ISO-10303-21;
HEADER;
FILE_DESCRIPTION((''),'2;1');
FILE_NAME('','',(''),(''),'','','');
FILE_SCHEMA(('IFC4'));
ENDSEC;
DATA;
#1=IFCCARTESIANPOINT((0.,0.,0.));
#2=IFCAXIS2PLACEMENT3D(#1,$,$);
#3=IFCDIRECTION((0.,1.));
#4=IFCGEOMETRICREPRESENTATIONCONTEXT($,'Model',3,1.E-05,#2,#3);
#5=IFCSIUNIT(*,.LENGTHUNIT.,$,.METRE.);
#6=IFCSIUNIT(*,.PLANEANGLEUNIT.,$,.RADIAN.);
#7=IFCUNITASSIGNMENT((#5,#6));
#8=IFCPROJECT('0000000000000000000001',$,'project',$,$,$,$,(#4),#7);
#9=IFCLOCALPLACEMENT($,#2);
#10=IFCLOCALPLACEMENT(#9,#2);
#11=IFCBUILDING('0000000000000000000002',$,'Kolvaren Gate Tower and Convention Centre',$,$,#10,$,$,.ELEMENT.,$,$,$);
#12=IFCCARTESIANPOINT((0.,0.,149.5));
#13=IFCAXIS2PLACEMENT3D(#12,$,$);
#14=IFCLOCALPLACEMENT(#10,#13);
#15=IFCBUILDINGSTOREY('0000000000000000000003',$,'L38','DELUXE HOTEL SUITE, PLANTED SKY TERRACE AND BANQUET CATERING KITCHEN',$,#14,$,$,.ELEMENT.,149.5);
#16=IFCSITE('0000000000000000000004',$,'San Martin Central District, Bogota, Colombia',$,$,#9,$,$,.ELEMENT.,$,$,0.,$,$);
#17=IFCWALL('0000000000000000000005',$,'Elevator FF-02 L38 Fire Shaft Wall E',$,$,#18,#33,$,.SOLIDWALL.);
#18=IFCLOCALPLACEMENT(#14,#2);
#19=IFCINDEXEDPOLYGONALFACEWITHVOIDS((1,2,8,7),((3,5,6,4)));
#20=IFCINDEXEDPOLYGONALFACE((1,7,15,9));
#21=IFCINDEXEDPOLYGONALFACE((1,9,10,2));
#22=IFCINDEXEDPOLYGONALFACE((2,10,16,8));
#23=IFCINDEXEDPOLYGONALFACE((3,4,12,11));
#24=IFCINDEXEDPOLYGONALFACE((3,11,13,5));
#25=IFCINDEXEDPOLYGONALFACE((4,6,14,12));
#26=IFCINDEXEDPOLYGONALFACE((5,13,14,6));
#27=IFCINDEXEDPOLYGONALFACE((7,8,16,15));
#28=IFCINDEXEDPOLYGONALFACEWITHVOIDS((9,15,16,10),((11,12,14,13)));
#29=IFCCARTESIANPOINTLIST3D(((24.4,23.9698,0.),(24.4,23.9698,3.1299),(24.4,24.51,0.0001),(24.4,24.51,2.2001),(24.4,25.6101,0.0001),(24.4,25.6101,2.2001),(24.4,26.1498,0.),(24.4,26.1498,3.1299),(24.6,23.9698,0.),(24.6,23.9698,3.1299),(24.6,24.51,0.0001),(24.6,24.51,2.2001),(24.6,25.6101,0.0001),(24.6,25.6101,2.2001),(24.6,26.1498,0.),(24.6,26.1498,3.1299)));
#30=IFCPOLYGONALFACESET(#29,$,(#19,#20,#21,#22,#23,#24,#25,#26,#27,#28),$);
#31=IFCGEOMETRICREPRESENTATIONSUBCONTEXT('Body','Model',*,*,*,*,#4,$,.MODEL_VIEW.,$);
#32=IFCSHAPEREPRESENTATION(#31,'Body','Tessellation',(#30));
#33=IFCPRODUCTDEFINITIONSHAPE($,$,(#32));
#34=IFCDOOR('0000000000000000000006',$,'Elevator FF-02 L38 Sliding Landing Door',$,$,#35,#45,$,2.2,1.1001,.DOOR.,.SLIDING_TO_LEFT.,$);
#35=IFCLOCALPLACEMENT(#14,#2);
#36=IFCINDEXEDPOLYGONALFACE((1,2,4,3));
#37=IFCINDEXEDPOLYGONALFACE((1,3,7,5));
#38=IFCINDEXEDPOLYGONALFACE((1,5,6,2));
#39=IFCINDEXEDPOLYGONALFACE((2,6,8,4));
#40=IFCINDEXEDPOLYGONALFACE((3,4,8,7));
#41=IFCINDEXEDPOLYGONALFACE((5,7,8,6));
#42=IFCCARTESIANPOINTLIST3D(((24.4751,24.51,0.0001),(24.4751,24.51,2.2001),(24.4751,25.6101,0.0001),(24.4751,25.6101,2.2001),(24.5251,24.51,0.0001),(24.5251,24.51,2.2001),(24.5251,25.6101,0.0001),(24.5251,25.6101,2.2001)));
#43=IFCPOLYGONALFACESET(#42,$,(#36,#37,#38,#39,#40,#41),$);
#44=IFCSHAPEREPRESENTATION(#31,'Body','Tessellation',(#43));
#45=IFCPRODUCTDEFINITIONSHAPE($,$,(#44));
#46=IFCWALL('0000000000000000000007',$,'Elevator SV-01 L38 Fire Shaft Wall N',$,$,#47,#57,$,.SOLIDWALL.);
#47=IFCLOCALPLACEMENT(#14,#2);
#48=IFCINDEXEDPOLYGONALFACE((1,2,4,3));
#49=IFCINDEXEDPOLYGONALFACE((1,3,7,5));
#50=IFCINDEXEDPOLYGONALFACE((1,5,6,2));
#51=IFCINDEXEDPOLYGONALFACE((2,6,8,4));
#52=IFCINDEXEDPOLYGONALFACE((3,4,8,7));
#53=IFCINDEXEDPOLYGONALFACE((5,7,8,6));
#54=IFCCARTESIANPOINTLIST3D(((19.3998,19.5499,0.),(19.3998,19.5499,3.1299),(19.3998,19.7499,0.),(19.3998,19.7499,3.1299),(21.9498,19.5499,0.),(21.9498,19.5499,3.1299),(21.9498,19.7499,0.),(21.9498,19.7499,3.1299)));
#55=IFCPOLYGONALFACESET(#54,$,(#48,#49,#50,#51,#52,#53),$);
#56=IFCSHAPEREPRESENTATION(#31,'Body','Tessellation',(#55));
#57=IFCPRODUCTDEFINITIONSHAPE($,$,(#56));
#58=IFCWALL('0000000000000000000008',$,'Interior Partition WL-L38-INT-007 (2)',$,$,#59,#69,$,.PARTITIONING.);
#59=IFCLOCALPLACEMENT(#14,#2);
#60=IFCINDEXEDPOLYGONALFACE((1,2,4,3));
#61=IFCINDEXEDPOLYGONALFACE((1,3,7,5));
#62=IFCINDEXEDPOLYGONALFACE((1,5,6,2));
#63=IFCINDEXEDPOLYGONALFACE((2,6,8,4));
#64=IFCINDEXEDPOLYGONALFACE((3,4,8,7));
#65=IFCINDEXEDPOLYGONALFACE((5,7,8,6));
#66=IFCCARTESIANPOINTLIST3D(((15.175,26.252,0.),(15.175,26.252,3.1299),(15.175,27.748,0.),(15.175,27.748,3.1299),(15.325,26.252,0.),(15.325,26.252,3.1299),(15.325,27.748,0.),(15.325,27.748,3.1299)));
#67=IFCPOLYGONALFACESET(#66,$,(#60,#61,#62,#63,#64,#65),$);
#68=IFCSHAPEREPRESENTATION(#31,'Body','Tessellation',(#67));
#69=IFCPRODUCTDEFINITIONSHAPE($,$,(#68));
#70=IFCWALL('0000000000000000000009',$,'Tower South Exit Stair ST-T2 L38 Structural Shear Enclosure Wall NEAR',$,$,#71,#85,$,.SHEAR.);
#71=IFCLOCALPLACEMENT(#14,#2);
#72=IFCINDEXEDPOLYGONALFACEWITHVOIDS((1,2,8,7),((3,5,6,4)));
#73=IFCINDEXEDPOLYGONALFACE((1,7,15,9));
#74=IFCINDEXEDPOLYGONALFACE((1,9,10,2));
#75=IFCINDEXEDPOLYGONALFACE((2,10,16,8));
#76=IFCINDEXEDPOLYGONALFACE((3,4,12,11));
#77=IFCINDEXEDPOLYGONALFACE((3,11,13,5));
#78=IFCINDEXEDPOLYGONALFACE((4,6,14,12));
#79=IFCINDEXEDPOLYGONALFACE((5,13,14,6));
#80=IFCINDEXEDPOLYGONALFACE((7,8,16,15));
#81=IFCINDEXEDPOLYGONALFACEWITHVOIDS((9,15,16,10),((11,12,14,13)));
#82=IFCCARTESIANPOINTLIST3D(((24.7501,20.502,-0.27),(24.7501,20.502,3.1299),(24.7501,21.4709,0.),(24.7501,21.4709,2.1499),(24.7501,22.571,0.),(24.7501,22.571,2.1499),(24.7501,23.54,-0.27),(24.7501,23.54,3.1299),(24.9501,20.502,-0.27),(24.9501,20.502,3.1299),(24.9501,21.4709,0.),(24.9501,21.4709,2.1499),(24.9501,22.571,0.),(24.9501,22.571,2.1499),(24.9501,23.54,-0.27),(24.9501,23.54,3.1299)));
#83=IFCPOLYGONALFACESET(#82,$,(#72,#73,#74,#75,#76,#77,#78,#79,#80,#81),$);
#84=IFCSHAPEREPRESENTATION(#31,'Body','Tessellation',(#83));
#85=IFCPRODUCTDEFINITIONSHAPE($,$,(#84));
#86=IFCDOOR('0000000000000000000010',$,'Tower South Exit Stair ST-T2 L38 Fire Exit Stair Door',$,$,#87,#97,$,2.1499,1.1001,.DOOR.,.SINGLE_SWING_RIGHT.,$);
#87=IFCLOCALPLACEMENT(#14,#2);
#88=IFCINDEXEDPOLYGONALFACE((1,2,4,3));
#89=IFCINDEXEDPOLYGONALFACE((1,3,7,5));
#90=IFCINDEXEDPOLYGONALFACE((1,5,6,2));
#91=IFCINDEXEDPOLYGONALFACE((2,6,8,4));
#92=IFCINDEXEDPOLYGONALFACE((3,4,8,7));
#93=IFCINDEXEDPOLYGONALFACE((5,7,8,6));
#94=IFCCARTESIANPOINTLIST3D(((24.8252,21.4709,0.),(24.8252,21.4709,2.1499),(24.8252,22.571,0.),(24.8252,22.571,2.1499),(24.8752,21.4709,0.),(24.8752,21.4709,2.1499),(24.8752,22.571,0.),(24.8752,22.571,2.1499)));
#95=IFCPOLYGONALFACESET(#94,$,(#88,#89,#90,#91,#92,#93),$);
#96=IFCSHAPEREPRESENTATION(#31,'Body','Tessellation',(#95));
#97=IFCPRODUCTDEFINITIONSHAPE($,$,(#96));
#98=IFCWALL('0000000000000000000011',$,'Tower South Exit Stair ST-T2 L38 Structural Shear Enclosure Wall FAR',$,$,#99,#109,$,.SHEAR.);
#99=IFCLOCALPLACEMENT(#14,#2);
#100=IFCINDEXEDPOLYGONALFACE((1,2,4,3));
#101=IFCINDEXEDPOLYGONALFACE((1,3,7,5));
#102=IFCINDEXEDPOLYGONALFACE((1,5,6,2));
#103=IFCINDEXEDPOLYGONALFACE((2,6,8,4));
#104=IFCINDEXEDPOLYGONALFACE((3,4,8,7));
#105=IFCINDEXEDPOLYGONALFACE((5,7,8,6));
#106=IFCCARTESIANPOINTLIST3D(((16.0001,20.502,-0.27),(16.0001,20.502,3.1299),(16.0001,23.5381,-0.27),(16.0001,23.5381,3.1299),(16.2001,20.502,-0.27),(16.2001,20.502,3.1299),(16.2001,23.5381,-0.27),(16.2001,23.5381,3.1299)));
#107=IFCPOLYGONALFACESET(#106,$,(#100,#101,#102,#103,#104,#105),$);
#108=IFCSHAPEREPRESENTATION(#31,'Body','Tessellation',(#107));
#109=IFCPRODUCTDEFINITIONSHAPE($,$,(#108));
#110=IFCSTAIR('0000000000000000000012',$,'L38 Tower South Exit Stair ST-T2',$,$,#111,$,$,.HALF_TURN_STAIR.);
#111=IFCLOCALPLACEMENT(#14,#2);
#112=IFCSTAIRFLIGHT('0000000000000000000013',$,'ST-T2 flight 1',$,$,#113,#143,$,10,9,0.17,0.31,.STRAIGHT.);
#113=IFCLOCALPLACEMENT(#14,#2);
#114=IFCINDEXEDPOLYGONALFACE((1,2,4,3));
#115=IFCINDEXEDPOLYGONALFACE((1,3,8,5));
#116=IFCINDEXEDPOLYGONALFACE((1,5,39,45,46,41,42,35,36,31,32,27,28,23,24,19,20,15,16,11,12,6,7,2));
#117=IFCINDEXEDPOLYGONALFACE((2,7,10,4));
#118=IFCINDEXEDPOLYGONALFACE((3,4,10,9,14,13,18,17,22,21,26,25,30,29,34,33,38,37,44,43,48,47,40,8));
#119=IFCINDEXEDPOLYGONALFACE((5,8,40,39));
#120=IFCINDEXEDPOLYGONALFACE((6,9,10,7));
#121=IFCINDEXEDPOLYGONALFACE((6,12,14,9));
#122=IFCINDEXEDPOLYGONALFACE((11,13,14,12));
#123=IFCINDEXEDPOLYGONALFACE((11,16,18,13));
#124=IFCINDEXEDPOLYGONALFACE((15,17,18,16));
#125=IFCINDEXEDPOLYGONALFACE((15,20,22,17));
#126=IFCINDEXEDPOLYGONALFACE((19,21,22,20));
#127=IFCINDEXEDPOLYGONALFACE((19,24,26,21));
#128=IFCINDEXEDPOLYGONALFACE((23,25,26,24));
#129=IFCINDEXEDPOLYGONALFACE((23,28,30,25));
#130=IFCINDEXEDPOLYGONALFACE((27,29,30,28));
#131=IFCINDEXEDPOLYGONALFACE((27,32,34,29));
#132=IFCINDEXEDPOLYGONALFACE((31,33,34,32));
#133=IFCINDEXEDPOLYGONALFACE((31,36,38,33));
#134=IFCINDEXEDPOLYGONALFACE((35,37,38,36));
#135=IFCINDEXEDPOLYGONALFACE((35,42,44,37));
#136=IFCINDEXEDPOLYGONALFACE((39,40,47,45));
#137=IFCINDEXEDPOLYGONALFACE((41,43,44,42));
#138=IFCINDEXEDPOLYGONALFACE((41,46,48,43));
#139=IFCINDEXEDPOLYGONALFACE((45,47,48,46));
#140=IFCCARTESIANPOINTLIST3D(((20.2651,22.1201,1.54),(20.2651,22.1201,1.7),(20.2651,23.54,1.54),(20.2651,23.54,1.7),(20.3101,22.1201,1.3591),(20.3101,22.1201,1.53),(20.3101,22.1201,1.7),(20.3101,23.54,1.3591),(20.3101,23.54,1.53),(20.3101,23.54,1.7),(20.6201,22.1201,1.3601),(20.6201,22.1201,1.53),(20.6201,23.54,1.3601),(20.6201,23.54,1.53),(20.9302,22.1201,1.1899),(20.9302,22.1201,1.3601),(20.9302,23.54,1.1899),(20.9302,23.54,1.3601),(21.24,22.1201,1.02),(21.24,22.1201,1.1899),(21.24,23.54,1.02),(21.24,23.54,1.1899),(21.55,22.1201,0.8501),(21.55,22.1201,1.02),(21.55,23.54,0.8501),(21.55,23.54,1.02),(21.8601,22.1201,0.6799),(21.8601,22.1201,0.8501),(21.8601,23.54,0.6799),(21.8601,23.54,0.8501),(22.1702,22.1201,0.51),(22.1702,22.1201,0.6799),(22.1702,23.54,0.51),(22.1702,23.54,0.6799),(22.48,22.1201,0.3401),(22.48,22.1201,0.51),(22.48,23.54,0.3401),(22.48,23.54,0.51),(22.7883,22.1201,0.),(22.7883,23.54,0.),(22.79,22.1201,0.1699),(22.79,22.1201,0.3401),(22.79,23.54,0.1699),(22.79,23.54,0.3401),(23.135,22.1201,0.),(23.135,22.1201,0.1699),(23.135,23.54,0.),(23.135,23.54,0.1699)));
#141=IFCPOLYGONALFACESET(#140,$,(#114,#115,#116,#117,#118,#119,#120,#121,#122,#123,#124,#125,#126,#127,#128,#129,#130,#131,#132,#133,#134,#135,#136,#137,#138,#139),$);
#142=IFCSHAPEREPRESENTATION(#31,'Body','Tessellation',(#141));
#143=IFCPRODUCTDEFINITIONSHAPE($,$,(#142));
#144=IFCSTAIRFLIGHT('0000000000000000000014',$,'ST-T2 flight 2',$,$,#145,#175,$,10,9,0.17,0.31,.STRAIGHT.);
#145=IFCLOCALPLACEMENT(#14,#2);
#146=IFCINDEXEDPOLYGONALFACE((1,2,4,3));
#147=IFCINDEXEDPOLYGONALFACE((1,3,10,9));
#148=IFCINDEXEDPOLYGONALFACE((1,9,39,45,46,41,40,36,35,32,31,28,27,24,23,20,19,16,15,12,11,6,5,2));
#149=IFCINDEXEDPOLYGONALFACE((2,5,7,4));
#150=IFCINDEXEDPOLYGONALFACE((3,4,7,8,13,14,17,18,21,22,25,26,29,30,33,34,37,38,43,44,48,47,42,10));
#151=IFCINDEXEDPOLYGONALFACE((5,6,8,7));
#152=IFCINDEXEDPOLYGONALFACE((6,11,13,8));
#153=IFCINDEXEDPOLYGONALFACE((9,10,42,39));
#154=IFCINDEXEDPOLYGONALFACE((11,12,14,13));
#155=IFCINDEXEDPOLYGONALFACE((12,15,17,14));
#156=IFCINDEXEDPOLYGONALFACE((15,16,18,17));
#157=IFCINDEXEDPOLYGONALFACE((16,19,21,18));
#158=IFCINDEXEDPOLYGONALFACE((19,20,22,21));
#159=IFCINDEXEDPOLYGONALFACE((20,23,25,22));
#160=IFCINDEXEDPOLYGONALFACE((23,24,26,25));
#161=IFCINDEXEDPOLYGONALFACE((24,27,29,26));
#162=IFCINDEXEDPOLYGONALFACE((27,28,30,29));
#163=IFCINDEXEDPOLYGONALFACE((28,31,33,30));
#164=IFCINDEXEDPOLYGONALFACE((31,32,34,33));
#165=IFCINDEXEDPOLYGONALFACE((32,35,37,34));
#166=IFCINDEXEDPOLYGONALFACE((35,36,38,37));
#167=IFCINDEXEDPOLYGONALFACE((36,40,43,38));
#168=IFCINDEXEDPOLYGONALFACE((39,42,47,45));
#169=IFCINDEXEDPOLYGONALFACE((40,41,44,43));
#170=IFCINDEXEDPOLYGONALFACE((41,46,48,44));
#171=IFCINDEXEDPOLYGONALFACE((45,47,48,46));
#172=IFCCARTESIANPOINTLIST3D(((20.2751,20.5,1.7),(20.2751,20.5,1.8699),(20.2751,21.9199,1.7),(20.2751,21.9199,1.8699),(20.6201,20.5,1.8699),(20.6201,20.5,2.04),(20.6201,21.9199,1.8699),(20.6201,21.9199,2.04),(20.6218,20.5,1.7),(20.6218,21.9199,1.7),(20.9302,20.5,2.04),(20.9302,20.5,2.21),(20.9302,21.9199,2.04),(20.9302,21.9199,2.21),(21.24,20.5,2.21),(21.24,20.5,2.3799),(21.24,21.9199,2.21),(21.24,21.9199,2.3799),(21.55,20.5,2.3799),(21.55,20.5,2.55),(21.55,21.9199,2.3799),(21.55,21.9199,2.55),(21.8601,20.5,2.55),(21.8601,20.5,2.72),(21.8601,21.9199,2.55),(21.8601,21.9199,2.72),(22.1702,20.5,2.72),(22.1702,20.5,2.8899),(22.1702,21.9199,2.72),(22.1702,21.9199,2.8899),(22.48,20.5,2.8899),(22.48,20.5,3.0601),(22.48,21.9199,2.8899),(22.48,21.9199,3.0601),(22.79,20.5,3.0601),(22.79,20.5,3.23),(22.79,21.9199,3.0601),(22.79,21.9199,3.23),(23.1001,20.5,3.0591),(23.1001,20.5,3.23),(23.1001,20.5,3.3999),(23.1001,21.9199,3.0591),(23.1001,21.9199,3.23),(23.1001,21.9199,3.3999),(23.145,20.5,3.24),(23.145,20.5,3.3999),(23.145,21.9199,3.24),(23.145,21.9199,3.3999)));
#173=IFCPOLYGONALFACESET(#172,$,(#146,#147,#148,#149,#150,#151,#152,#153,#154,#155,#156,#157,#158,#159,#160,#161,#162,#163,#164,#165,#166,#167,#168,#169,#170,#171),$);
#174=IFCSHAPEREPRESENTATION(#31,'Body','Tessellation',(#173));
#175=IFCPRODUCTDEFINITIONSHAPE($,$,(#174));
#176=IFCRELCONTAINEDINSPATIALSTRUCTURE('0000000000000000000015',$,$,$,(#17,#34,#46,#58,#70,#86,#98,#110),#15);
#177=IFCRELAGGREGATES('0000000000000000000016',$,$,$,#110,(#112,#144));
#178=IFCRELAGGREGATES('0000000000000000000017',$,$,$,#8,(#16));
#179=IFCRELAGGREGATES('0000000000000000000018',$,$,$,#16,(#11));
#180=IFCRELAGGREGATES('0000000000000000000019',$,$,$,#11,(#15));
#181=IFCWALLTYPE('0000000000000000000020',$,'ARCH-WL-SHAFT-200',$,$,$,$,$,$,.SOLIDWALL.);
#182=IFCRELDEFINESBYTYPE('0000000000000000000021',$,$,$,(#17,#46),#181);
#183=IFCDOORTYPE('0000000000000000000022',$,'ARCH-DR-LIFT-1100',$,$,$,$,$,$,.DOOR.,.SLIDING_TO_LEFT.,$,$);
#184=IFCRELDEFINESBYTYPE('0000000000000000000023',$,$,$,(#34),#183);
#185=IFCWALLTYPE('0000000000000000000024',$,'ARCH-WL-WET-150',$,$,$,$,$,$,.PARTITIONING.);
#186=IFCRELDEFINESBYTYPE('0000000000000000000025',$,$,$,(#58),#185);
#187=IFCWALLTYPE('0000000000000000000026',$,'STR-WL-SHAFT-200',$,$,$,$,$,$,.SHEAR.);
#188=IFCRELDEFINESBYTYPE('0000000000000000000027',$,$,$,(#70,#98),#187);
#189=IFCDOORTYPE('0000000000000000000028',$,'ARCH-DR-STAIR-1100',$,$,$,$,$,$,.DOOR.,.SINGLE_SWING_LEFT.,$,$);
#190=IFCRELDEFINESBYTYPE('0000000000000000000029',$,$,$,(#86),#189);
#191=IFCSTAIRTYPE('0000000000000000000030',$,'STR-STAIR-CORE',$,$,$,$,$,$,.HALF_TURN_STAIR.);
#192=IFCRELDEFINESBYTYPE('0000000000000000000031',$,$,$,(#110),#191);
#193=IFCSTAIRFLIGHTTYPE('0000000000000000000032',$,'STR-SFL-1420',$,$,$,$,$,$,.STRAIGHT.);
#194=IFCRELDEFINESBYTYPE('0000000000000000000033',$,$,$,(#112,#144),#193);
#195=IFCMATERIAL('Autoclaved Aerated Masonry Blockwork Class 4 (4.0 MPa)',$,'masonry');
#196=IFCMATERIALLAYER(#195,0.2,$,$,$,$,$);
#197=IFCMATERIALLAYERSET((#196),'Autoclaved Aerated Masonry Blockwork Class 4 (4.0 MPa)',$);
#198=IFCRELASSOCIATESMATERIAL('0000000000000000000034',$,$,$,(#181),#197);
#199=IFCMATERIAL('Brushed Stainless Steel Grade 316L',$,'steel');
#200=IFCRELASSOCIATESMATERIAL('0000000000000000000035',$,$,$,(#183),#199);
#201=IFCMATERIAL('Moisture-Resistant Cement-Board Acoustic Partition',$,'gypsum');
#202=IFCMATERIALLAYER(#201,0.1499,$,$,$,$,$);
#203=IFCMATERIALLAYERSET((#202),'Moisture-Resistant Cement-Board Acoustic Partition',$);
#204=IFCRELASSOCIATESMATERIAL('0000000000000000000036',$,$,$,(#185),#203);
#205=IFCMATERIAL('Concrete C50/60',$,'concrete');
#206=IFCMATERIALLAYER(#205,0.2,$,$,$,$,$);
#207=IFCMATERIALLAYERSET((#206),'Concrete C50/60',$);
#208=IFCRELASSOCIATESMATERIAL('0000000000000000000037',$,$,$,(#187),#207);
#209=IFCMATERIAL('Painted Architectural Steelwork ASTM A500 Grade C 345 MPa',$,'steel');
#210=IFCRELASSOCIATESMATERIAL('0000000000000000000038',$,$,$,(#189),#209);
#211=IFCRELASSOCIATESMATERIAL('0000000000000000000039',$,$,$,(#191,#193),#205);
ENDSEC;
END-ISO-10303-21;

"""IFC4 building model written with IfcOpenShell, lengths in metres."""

from ifc_helpers import new_model, si_unit, direction, frame, frame_2d, origin, place, context, subcontext, project, spatial, polyline, rectangle, outline, extrude, material, layer, layer_set, type_object, element, fill, aggregate, save


model = new_model("IFC4")

# Units and contexts
model_context = context("Model", 3, precision=1e-05, world=origin(), true_north=direction((0.0, 1.0)))
body_context = subcontext(model_context, "Body", "Model", "MODEL_VIEW")
ifc_project = project(units=[si_unit("LENGTHUNIT", "METRE"), si_unit("PLANEANGLEUNIT", "RADIAN")], contexts=[model_context])

# Site, building, storey
site_placement = place(None, origin())
site = spatial("IfcSite", under=ifc_project, at=site_placement, Name="San Martin Central District, Bogota, Colombia", CompositionType="ELEMENT", RefElevation=0.0)
building_placement = place(site_placement, origin())
building = spatial("IfcBuilding", under=site, at=building_placement, Name="Kolvaren Gate Tower and Convention Centre", CompositionType="ELEMENT")
storey_placement = place(building_placement, frame((0.0, 0.0, 149.5)))
storey = spatial("IfcBuildingStorey", under=building, at=storey_placement, Name="L38", Description="DELUXE HOTEL SUITE, PLANTED SKY TERRACE AND BANQUET CATERING KITCHEN", CompositionType="ELEMENT", Elevation=149.5)

# Shared definitions
ifc_material_1 = material(Name="Autoclaved Aerated Masonry Blockwork Class 4 (4.0 MPa)", Category="masonry")
ifc_layer_1 = layer(ifc_material_1, 0.2)
ifc_layer_set_1 = layer_set([ifc_layer_1], Name="Autoclaved Aerated Masonry Blockwork Class 4 (4.0 MPa)")
wall_type_1 = type_object("IfcWallType", Name="ARCH-WL-SHAFT-200", PredefinedType="SOLIDWALL", material=ifc_layer_set_1)

# Wall, opening, door
wall_1_placement = place(storey_placement, frame((24.5, 23.97, 0.0), z_axis=(0.0, 0.0, 1.0), x_axis=(0.0, 1.0, 0.0)))
wall_1 = element("IfcWall", 1, at=wall_1_placement, inside=storey, type_object=wall_type_1, Name="Elevator FF-02 L38 Fire Shaft Wall E", PredefinedType="SOLIDWALL", context=body_context, shape_type="SweptSolid", body=[
    extrude(rectangle(XDim=2.1799, YDim=0.2, at=frame_2d((1.0898, 0.0))), origin(), (0.0, 0.0, 1.0), 3.1299),
])
opening_1_placement = place(wall_1_placement, frame((0.54, 0.0, 0.0)))
opening_1 = element("IfcOpeningElement", 2, at=opening_1_placement, cuts=wall_1, PredefinedType="OPENING", context=body_context, shape_type="SweptSolid", body=[
    extrude(rectangle(XDim=1.1001, YDim=2.2, at=frame_2d((0.55, 1.1001))), frame((0.0, 0.1099, 0.0), z_axis=(0.0, -1.0, 0.0), x_axis=(1.0, 0.0, 0.0)), (0.0, 0.0, 1.0), 0.22),
])
ifc_material_2 = material(Name="Brushed Stainless Steel Grade 316L", Category="steel")
door_type_1 = type_object("IfcDoorType", Name="ARCH-DR-LIFT-1100", OperationType="SLIDING_TO_LEFT", PredefinedType="DOOR", material=ifc_material_2)
door_1_placement = place(opening_1_placement, origin())
door_1 = element("IfcDoor", 3, at=door_1_placement, inside=storey, type_object=door_type_1, Name="Elevator FF-02 L38 Sliding Landing Door", OperationType="SLIDING_TO_LEFT", OverallHeight=2.2, OverallWidth=1.1001, PredefinedType="DOOR", context=body_context, shape_type="SweptSolid", body=[
    extrude(rectangle(XDim=1.1001, YDim=2.2, at=frame_2d((0.55, 1.1001))), frame((0.0, 0.0249, 0.0), z_axis=(0.0, -1.0, 0.0), x_axis=(1.0, 0.0, 0.0)), (0.0, 0.0, 1.0), 0.05),
])
fill(opening_1, door_1)

# Walls
wall_2_placement = place(storey_placement, frame((19.3999, 19.6499, 0.0), z_axis=(0.0, 0.0, 1.0), x_axis=(1.0, 0.0, 0.0)))
element("IfcWall", 4, at=wall_2_placement, inside=storey, type_object=wall_type_1, Name="Elevator SV-01 L38 Fire Shaft Wall N", PredefinedType="SOLIDWALL", context=body_context, shape_type="SweptSolid", body=[
    extrude(rectangle(XDim=2.55, YDim=0.2, at=frame_2d((1.2749, 0.0))), origin(), (0.0, 0.0, 1.0), 3.1299),
])
ifc_material_3 = material(Name="Moisture-Resistant Cement-Board Acoustic Partition", Category="gypsum")
ifc_layer_2 = layer(ifc_material_3, 0.1499)
ifc_layer_set_2 = layer_set([ifc_layer_2], Name="Moisture-Resistant Cement-Board Acoustic Partition")
wall_type_2 = type_object("IfcWallType", Name="ARCH-WL-WET-150", PredefinedType="PARTITIONING", material=ifc_layer_set_2)
wall_3_placement = place(storey_placement, frame((15.25, 26.252, 0.0), z_axis=(0.0, 0.0, 1.0), x_axis=(0.0, 1.0, 0.0)))
element("IfcWall", 5, at=wall_3_placement, inside=storey, type_object=wall_type_2, Name="Interior Partition WL-L38-INT-007 (2)", PredefinedType="PARTITIONING", context=body_context, shape_type="SweptSolid", body=[
    extrude(rectangle(XDim=1.4961, YDim=0.1499, at=frame_2d((0.748, 0.0))), origin(), (0.0, 0.0, 1.0), 3.1299),
])

# Wall, opening, door
ifc_material_4 = material(Name="Concrete C50/60", Category="concrete")
ifc_layer_3 = layer(ifc_material_4, 0.2)
ifc_layer_set_3 = layer_set([ifc_layer_3], Name="Concrete C50/60")
wall_type_3 = type_object("IfcWallType", Name="STR-WL-SHAFT-200", PredefinedType="SHEAR", material=ifc_layer_set_3)
wall_4_placement = place(storey_placement, frame((24.8501, 20.502, -0.27), z_axis=(0.0, 0.0, 1.0), x_axis=(0.0, 1.0, 0.0)))
wall_4 = element("IfcWall", 6, at=wall_4_placement, inside=storey, type_object=wall_type_3, Name="Tower South Exit Stair ST-T2 L38 Structural Shear Enclosure Wall NEAR", PredefinedType="SHEAR", context=body_context, shape_type="SweptSolid", body=[
    extrude(rectangle(XDim=3.0381, YDim=0.2, at=frame_2d((1.519, 0.0))), origin(), (0.0, 0.0, 1.0), 3.3999),
])
opening_2_placement = place(wall_4_placement, frame((0.969, 0.0, 0.27)))
opening_2 = element("IfcOpeningElement", 7, at=opening_2_placement, cuts=wall_4, PredefinedType="OPENING", context=body_context, shape_type="SweptSolid", body=[
    extrude(rectangle(XDim=1.1001, YDim=2.1499, at=frame_2d((0.55, 1.075))), frame((0.0, 0.1099, 0.0), z_axis=(0.0, -1.0, 0.0), x_axis=(1.0, 0.0, 0.0)), (0.0, 0.0, 1.0), 0.22),
])
ifc_material_5 = material(Name="Painted Architectural Steelwork ASTM A500 Grade C 345 MPa", Category="steel")
door_type_2 = type_object("IfcDoorType", Name="ARCH-DR-STAIR-1100", OperationType="SINGLE_SWING_LEFT", PredefinedType="DOOR", material=ifc_material_5)
door_2_placement = place(opening_2_placement, origin())
door_2 = element("IfcDoor", 8, at=door_2_placement, inside=storey, type_object=door_type_2, Name="Tower South Exit Stair ST-T2 L38 Fire Exit Stair Door", OperationType="SINGLE_SWING_RIGHT", OverallHeight=2.1499, OverallWidth=1.1001, PredefinedType="DOOR", context=body_context, shape_type="SweptSolid", body=[
    extrude(rectangle(XDim=1.1001, YDim=2.1499, at=frame_2d((0.55, 1.075))), frame((0.0, 0.0249, 0.0), z_axis=(0.0, -1.0, 0.0), x_axis=(1.0, 0.0, 0.0)), (0.0, 0.0, 1.0), 0.05),
])
fill(opening_2, door_2)

# Wall
wall_5_placement = place(storey_placement, frame((16.1001, 20.502, -0.27), z_axis=(0.0, 0.0, 1.0), x_axis=(0.0, 1.0, 0.0)))
element("IfcWall", 9, at=wall_5_placement, inside=storey, type_object=wall_type_3, Name="Tower South Exit Stair ST-T2 L38 Structural Shear Enclosure Wall FAR", PredefinedType="SHEAR", context=body_context, shape_type="SweptSolid", body=[
    extrude(rectangle(XDim=3.0361, YDim=0.2, at=frame_2d((1.5181, 0.0))), origin(), (0.0, 0.0, 1.0), 3.3999),
])

# Stair, stair flights
stair_type = type_object("IfcStairType", Name="STR-STAIR-CORE", PredefinedType="HALF_TURN_STAIR", material=ifc_material_4)
stair_placement = place(storey_placement, origin())
stair = element("IfcStair", 10, at=stair_placement, inside=storey, type_object=stair_type, Name="L38 Tower South Exit Stair ST-T2", PredefinedType="HALF_TURN_STAIR")
stair_flight_type = type_object("IfcStairFlightType", Name="STR-SFL-1420", PredefinedType="STRAIGHT", material=ifc_material_4)
stair_flight_1_placement = place(storey_placement, frame((23.1001, 22.8301, 0.0), z_axis=(0.0, 0.0, 1.0), x_axis=(-1.0, 0.0, 0.0)))
stair_flight_1 = element("IfcStairFlight", 11, at=stair_flight_1_placement, type_object=stair_flight_type, Name="ST-T2 flight 1", NumberOfRisers=10, NumberOfTreads=9, PredefinedType="STRAIGHT", RiserHeight=0.17, TreadLength=0.31, context=body_context, shape_type="SweptSolid", body=[
    extrude(outline(polyline([(-0.0349, 0.0), (-0.0349, 0.1699), (0.3101, 0.1699), (0.3101, 0.3401), (0.6201, 0.3401), (0.6201, 0.51), (0.9299, 0.51), (0.9299, 0.6799), (1.24, 0.6799), (1.24, 0.8501), (1.55, 0.8501), (1.55, 1.02), (1.8601, 1.02), (1.8601, 1.1899), (2.1699, 1.1899), (2.1699, 1.3601), (2.48, 1.3601), (2.48, 1.53), (2.79, 1.53), (2.79, 1.7), (2.835, 1.7), (2.835, 1.54), (2.79, 1.3591), (0.3118, 0.0), (-0.0349, 0.0)])), frame((0.0, 0.71, 0.0), z_axis=(0.0, -1.0, 0.0), x_axis=(1.0, 0.0, 0.0)), (0.0, 0.0, 1.0), 1.4199),
])
stair_flight_2_placement = place(storey_placement, frame((20.3101, 21.21, 1.7), z_axis=(0.0, 0.0, 1.0), x_axis=(1.0, 0.0, 0.0)))
stair_flight_2 = element("IfcStairFlight", 12, at=stair_flight_2_placement, type_object=stair_flight_type, Name="ST-T2 flight 2", NumberOfRisers=10, NumberOfTreads=9, PredefinedType="STRAIGHT", RiserHeight=0.17, TreadLength=0.31, context=body_context, shape_type="SweptSolid", body=[
    extrude(outline(polyline([(-0.0349, 0.0), (-0.0349, 0.1699), (0.3101, 0.1699), (0.3101, 0.3401), (0.6201, 0.3401), (0.6201, 0.51), (0.9299, 0.51), (0.9299, 0.6799), (1.24, 0.6799), (1.24, 0.8501), (1.55, 0.8501), (1.55, 1.02), (1.8601, 1.02), (1.8601, 1.1899), (2.1699, 1.1899), (2.1699, 1.3601), (2.48, 1.3601), (2.48, 1.53), (2.79, 1.53), (2.79, 1.7), (2.835, 1.7), (2.835, 1.54), (2.79, 1.3591), (0.3118, 0.0), (-0.0349, 0.0)])), frame((0.0, 0.71, 0.0), z_axis=(0.0, -1.0, 0.0), x_axis=(1.0, 0.0, 0.0)), (0.0, 0.0, 1.0), 1.4199),
])
aggregate(stair, [stair_flight_1, stair_flight_2])

save(model, "model.ifc")
